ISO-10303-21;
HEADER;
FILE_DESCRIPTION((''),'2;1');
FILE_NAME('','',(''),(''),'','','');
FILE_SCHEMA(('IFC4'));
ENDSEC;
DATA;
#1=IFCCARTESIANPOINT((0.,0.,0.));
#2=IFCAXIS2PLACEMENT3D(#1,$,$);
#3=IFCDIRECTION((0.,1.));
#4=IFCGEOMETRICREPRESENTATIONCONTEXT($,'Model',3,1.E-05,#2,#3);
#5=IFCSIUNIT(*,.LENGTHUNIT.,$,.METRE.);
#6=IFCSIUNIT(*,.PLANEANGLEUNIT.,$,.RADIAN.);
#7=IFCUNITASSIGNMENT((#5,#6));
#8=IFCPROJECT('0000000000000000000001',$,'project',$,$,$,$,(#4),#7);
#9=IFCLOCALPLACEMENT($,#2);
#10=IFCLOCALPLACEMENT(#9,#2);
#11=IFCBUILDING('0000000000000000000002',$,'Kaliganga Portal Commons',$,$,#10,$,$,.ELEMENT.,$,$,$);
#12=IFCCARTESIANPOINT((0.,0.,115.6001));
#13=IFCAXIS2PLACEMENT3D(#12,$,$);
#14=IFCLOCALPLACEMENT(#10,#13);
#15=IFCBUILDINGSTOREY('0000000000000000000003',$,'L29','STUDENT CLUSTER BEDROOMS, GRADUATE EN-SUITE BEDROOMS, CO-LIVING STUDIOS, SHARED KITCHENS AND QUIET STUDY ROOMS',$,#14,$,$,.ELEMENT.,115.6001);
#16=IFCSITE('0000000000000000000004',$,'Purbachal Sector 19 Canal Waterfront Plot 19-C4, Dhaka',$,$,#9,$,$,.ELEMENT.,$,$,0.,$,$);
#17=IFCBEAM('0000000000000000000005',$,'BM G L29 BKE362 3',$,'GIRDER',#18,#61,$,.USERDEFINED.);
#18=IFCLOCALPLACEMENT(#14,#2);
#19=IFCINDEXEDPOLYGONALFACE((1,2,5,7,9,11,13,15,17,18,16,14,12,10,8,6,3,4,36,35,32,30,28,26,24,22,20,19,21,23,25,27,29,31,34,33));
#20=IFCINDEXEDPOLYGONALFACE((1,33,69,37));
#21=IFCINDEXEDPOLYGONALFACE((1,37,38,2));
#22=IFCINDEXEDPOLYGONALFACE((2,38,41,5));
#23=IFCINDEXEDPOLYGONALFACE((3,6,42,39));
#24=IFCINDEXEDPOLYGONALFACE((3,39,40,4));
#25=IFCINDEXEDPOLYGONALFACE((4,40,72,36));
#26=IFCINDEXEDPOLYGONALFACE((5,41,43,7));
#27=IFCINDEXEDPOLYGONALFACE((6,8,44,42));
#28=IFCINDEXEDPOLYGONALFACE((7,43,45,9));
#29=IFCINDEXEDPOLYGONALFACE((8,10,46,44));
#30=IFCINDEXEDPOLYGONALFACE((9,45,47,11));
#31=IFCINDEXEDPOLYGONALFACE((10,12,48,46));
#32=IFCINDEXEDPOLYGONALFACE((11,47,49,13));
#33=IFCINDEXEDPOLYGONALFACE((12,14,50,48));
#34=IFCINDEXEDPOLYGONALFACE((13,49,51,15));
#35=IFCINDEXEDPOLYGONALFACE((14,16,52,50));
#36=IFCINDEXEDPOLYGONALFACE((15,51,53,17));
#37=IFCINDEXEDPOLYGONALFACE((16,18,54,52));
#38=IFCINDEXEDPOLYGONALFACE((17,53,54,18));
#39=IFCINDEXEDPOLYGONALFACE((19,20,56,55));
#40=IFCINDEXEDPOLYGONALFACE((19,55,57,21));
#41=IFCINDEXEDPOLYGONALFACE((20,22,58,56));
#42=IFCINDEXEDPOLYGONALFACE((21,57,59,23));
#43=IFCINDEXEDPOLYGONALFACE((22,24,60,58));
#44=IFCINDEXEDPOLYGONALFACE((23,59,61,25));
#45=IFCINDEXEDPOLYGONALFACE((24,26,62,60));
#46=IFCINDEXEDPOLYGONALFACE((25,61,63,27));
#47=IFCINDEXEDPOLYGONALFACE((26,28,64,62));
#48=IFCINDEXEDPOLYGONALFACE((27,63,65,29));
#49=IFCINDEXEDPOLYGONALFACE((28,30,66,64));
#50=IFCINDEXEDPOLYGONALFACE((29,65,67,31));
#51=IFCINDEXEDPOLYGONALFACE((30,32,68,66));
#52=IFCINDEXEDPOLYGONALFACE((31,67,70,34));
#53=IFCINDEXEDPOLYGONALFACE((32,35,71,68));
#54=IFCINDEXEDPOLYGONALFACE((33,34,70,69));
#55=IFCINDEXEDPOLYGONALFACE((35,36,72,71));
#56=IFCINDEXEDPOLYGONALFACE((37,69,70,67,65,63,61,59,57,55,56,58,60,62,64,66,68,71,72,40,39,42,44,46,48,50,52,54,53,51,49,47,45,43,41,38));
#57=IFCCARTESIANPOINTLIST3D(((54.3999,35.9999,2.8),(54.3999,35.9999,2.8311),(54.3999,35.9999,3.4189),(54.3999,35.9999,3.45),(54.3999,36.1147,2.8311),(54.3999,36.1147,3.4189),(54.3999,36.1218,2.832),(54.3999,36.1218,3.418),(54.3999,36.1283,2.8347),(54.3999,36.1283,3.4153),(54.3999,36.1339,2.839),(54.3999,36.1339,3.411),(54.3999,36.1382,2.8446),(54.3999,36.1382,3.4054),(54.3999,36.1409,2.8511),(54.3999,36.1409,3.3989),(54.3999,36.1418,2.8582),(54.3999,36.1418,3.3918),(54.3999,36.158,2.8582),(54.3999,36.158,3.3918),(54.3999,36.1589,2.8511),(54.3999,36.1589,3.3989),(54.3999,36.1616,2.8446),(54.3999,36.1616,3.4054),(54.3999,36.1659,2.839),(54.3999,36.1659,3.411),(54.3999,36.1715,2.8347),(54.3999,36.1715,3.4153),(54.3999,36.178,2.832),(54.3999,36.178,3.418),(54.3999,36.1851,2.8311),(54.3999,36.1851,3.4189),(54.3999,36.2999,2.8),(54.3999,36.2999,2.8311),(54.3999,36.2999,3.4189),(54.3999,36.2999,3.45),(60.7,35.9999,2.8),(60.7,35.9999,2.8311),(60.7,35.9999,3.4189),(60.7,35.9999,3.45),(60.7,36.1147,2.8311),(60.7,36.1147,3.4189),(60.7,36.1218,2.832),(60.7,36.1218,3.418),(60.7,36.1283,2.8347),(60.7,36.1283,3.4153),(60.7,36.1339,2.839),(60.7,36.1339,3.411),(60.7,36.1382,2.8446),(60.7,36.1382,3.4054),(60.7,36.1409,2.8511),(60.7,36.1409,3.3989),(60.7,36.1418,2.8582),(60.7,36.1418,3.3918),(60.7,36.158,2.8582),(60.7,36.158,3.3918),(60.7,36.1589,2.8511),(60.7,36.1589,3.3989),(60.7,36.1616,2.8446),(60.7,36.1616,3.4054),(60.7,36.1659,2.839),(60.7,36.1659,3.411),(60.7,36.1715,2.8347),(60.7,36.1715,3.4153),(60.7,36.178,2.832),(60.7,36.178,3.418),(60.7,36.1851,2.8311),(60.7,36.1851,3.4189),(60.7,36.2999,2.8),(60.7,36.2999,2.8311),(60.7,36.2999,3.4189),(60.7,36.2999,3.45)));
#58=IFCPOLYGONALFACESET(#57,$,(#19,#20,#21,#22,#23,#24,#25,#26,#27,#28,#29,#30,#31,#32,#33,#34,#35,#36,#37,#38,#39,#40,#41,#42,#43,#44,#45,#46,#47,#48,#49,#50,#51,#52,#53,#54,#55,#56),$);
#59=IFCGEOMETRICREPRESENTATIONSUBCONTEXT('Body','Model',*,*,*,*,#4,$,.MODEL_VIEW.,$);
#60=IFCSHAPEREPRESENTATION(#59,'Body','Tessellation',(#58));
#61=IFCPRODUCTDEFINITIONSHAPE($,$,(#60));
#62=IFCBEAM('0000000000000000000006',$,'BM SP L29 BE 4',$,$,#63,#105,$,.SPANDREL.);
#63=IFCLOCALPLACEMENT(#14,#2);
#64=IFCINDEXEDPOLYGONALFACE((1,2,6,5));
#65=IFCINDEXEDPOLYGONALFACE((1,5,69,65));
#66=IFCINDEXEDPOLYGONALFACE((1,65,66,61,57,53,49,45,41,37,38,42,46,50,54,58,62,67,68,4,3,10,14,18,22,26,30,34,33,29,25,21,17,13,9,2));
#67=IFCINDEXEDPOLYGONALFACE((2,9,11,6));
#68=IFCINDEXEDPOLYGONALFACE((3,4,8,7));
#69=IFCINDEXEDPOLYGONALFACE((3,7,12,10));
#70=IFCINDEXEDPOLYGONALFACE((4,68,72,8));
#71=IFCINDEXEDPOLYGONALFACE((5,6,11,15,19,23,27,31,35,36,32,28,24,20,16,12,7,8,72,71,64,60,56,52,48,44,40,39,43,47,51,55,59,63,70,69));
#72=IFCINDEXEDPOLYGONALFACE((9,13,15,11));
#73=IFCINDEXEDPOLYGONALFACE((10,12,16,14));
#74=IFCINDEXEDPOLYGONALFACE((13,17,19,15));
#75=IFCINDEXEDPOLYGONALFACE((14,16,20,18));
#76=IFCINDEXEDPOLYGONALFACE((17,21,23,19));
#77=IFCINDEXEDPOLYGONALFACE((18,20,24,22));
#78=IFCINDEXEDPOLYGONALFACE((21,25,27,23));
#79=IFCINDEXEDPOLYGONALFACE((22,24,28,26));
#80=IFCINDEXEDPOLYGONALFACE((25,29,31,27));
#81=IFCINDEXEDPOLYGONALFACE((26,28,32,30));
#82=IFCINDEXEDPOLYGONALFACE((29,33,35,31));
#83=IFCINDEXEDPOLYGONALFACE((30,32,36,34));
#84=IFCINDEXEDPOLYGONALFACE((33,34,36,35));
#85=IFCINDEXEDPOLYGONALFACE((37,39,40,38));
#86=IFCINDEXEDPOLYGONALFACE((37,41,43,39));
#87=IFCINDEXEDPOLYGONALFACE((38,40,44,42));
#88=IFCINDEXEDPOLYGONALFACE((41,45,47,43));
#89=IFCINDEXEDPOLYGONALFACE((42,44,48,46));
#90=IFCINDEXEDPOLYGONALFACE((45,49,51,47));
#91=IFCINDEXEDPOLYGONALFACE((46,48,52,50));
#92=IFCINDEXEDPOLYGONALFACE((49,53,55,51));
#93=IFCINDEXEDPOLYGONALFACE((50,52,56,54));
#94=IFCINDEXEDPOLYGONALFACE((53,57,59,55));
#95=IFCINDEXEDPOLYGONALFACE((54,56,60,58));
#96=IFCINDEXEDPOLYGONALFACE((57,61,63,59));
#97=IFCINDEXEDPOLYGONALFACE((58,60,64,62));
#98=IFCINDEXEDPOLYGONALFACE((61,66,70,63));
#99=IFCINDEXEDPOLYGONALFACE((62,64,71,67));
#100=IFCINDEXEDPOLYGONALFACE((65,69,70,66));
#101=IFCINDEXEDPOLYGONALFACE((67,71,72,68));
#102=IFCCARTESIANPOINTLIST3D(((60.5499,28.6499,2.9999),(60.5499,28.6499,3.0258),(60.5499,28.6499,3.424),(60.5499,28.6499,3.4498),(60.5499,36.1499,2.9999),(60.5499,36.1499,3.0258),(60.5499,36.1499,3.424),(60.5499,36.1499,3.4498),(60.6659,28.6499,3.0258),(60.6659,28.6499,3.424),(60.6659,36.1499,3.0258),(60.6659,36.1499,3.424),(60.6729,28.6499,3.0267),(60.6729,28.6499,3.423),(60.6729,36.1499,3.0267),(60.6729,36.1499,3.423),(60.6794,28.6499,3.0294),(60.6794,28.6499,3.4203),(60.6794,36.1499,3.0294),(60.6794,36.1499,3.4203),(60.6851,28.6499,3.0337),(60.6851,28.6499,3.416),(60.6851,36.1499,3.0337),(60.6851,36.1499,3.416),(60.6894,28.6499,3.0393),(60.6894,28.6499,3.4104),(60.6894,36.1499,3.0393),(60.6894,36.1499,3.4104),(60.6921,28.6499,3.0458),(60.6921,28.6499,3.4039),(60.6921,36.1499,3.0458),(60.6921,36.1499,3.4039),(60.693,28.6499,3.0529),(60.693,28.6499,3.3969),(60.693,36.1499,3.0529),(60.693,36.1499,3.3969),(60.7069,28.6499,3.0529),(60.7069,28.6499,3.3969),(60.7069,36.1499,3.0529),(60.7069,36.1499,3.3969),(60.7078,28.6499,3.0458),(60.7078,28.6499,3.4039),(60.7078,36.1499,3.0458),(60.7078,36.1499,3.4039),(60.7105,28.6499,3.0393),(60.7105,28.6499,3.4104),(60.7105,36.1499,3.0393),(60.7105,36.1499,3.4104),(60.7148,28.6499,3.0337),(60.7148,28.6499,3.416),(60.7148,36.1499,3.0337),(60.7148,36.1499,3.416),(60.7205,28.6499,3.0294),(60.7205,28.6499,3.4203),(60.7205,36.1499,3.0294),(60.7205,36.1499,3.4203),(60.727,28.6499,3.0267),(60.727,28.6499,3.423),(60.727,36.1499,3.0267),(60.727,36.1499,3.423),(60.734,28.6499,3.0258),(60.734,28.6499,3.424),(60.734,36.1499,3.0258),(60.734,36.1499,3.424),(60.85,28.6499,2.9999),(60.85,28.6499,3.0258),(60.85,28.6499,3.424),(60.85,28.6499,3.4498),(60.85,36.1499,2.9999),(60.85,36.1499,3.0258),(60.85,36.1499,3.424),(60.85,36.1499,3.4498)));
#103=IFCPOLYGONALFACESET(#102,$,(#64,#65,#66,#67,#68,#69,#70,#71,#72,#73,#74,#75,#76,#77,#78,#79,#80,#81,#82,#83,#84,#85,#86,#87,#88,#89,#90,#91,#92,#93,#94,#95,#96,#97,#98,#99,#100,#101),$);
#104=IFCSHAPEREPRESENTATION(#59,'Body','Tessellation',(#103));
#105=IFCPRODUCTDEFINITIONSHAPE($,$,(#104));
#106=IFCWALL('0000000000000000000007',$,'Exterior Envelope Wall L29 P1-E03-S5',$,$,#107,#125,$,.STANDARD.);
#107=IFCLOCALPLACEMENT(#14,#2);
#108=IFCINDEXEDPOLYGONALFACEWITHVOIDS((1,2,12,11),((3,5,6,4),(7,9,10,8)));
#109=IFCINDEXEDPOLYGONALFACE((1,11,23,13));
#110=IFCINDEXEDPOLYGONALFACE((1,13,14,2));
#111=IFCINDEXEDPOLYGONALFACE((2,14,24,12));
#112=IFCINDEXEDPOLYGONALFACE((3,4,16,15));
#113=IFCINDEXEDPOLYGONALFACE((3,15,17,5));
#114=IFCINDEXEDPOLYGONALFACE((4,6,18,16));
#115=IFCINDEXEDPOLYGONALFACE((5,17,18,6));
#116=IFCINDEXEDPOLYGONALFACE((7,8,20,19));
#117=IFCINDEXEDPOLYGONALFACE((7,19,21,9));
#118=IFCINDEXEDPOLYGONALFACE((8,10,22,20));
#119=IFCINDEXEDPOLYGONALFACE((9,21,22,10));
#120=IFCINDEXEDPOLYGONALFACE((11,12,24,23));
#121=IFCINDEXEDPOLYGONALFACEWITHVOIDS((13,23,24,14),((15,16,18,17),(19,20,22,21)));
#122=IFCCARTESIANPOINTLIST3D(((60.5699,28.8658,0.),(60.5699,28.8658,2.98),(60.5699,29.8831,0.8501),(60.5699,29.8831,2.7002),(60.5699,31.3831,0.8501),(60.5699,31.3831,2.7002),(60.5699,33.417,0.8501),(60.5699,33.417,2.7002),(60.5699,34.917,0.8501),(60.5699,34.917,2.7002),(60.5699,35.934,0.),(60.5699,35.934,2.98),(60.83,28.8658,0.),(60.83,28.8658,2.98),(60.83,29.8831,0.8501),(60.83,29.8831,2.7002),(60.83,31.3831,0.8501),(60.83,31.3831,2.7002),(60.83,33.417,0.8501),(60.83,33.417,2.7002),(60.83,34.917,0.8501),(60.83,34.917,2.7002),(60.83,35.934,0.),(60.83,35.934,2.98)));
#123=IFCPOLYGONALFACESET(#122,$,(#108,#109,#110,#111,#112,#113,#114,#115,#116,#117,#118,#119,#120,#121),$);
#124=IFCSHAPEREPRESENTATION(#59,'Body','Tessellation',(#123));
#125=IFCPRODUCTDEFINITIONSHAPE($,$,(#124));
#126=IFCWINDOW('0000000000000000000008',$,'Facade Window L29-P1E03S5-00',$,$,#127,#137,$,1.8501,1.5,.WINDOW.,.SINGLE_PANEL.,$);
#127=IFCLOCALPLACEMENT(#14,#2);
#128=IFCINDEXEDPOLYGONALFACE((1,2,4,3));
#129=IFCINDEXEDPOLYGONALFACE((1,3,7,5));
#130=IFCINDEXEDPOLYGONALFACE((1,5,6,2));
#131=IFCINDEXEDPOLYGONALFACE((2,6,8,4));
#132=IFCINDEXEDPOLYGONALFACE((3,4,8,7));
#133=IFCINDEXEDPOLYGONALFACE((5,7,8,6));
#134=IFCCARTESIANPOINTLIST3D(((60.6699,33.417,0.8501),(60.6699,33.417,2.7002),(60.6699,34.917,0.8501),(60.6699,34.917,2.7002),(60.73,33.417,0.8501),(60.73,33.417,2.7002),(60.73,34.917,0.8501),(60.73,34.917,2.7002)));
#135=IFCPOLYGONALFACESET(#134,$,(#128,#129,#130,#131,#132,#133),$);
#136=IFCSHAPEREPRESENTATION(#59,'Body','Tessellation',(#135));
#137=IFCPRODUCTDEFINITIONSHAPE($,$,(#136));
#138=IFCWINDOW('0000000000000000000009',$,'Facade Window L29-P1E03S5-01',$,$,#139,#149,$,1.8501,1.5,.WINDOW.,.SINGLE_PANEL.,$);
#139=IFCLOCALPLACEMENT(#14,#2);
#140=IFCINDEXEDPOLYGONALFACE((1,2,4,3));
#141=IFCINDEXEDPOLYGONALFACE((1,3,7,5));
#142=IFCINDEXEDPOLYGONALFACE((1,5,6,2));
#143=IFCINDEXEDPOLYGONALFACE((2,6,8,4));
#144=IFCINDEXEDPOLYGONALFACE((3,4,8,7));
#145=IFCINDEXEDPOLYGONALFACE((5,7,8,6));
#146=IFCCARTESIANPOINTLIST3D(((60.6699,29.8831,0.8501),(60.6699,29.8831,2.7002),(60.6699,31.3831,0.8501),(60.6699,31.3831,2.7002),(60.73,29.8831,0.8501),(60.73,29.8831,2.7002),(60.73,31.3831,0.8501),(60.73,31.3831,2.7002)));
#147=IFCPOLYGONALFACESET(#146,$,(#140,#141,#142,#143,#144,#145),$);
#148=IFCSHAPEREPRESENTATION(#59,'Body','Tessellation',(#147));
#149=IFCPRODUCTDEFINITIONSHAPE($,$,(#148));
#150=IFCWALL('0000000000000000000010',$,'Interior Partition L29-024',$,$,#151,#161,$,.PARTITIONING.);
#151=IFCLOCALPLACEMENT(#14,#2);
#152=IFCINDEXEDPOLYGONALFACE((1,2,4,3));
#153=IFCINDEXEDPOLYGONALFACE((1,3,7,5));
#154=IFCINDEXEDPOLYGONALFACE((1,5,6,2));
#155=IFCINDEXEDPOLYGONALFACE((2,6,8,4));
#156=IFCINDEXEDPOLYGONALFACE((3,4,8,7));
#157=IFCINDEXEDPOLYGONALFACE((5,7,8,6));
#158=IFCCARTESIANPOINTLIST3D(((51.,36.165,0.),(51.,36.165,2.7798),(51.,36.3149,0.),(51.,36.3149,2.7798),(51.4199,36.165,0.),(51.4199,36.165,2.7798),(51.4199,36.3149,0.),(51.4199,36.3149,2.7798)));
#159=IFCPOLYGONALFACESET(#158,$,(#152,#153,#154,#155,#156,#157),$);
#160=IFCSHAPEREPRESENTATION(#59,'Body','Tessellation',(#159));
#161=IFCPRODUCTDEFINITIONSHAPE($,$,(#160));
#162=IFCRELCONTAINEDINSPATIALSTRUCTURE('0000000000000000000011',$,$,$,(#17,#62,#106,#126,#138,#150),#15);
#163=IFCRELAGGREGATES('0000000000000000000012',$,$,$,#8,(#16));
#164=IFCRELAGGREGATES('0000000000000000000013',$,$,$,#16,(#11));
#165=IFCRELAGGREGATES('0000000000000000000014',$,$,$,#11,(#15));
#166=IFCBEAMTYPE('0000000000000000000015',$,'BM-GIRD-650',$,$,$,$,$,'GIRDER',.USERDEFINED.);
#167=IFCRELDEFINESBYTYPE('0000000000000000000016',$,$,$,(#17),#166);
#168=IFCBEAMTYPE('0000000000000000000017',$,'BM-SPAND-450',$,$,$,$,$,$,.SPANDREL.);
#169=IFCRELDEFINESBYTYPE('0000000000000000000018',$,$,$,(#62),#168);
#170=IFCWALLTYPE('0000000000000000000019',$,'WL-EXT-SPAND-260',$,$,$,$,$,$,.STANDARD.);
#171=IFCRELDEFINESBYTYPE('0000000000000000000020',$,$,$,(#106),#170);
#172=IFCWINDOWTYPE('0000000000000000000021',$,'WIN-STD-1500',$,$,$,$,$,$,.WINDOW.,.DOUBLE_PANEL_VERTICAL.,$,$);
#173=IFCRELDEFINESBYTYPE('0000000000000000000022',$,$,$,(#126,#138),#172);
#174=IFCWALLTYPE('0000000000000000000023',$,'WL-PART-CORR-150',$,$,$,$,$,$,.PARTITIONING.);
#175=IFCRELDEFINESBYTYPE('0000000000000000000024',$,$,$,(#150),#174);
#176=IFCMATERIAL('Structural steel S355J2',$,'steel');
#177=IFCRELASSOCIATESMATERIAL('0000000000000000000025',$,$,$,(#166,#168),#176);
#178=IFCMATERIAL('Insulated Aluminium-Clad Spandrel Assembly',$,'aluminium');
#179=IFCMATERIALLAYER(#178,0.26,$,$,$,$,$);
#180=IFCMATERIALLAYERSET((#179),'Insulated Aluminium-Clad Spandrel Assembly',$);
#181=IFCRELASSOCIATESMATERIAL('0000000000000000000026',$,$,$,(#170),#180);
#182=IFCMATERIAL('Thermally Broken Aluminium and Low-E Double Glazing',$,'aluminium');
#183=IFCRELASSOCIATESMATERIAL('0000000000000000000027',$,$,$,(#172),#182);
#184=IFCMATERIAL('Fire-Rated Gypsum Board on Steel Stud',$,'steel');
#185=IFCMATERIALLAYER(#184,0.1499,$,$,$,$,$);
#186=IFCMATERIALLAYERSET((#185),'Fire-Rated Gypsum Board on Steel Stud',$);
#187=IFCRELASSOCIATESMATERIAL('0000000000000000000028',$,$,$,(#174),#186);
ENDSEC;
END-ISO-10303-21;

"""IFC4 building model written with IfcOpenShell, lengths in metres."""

from ifc_helpers import new_model, si_unit, direction, frame, frame_2d, origin, origin_2d, place, context, subcontext, project, spatial, rectangle, i_section, extrude, source, transform, mapped, material, layer, layer_set, material_profile, profile_set, type_object, element, fill, save


model = new_model("IFC4")

# Units and contexts
model_context = context("Model", 3, precision=1e-05, world=origin(), true_north=direction((0.0, 1.0)))
body_context = subcontext(model_context, "Body", "Model", "MODEL_VIEW")
ifc_project = project(units=[si_unit("LENGTHUNIT", "METRE"), si_unit("PLANEANGLEUNIT", "RADIAN")], contexts=[model_context])

# Site, building, storey
site_placement = place(None, origin())
site = spatial("IfcSite", under=ifc_project, at=site_placement, Name="Purbachal Sector 19 Canal Waterfront Plot 19-C4, Dhaka", CompositionType="ELEMENT", RefElevation=0.0)
building_placement = place(site_placement, origin())
building = spatial("IfcBuilding", under=site, at=building_placement, Name="Kaliganga Portal Commons", CompositionType="ELEMENT")
storey_placement = place(building_placement, frame((0.0, 0.0, 115.6001)))
storey = spatial("IfcBuildingStorey", under=building, at=storey_placement, Name="L29", Description="STUDENT CLUSTER BEDROOMS, GRADUATE EN-SUITE BEDROOMS, CO-LIVING STUDIOS, SHARED KITCHENS AND QUIET STUDY ROOMS", CompositionType="ELEMENT", Elevation=115.6001)

# Beams
ifc_material_1 = material(Name="Structural steel S355J2", Category="steel")
ifc_material_profile_1 = material_profile(ifc_material_1, i_section(OverallWidth=0.3, OverallDepth=0.6499, WebThickness=0.0161, FlangeThickness=0.031, FilletRadius=0.0271, at=origin_2d()), Name="HE 650 B")
ifc_profile_set_1 = profile_set([ifc_material_profile_1], Name="Structural steel S355J2 wide-flange")
beam_type_1 = type_object("IfcBeamType", Name="BM-GIRD-650", ElementType="GIRDER", PredefinedType="USERDEFINED", material=ifc_profile_set_1)
shared_shape_1 = source(origin(), body_context, "Body", "SweptSolid", [
    extrude(i_section(OverallWidth=0.3, OverallDepth=0.6499, WebThickness=0.0161, FlangeThickness=0.031, FilletRadius=0.0271, at=origin_2d()), origin(), (0.0, 0.0, 1.0), 6.3),
])
beam_1_placement = place(storey_placement, frame((54.3999, 36.1499, 3.125), z_axis=(1.0, 0.0, 0.0), x_axis=(0.0, 1.0, 0.0)))
element("IfcBeam", 1, at=beam_1_placement, inside=storey, type_object=beam_type_1, Name="BM G L29 BKE362 3", ObjectType="GIRDER", PredefinedType="USERDEFINED", context=body_context, shape_type="MappedRepresentation", body=[
    mapped(shared_shape_1, transform((0.0, 0.0, 0.0), x_axis=(1.0, 0.0, 0.0), y_axis=(0.0, 1.0, 0.0), z_axis=(0.0, 0.0, 1.0), scale=1.0)),
])
ifc_material_profile_2 = material_profile(ifc_material_1, i_section(OverallWidth=0.3, OverallDepth=0.45, WebThickness=0.0139, FlangeThickness=0.0259, FilletRadius=0.0271, at=origin_2d()), Name="HE 450 B")
ifc_profile_set_2 = profile_set([ifc_material_profile_2], Name="Structural steel S355J2 wide-flange")
beam_type_2 = type_object("IfcBeamType", Name="BM-SPAND-450", PredefinedType="SPANDREL", material=ifc_profile_set_2)
shared_shape_2 = source(origin(), body_context, "Body", "SweptSolid", [
    extrude(i_section(OverallWidth=0.3, OverallDepth=0.45, WebThickness=0.0139, FlangeThickness=0.0259, FilletRadius=0.0271, at=origin_2d()), origin(), (0.0, 0.0, 1.0), 7.5),
])
beam_2_placement = place(storey_placement, frame((60.7, 28.6499, 3.2249), z_axis=(0.0, 1.0, 0.0), x_axis=(-1.0, 0.0, 0.0)))
element("IfcBeam", 2, at=beam_2_placement, inside=storey, type_object=beam_type_2, Name="BM SP L29 BE 4", PredefinedType="SPANDREL", context=body_context, shape_type="MappedRepresentation", body=[
    mapped(shared_shape_2, transform((0.0, 0.0, 0.0), x_axis=(1.0, 0.0, 0.0), y_axis=(0.0, 1.0, 0.0), z_axis=(0.0, 0.0, 1.0), scale=1.0)),
])

# Wall, openings, windows
ifc_material_2 = material(Name="Insulated Aluminium-Clad Spandrel Assembly", Category="aluminium")
ifc_layer_1 = layer(ifc_material_2, 0.26)
ifc_layer_set_1 = layer_set([ifc_layer_1], Name="Insulated Aluminium-Clad Spandrel Assembly")
wall_type_1 = type_object("IfcWallType", Name="WL-EXT-SPAND-260", PredefinedType="STANDARD", material=ifc_layer_set_1)
wall_1_placement = place(storey_placement, frame((60.7, 35.9341, 0.0), z_axis=(0.0, 0.0, 1.0), x_axis=(0.0, -1.0, 0.0)))
wall_1 = element("IfcWall", 3, at=wall_1_placement, inside=storey, type_object=wall_type_1, Name="Exterior Envelope Wall L29 P1-E03-S5", PredefinedType="STANDARD", context=body_context, shape_type="SweptSolid", body=[
    extrude(rectangle(XDim=7.0681, YDim=0.26, at=frame_2d((3.5342, 0.0))), origin(), (0.0, 0.0, 1.0), 2.98),
])
opening_1_placement = place(wall_1_placement, frame((1.0171, 0.0, 0.8501)))
opening_1 = element("IfcOpeningElement", 4, at=opening_1_placement, cuts=wall_1, PredefinedType="OPENING", context=body_context, shape_type="SweptSolid", body=[
    extrude(rectangle(XDim=1.5, YDim=1.8501, at=frame_2d((0.75, 0.925))), frame((0.0, 0.1401, 0.0), z_axis=(0.0, -1.0, 0.0), x_axis=(1.0, 0.0, 0.0)), (0.0, 0.0, 1.0), 0.28),
])
opening_2_placement = place(wall_1_placement, frame((4.551, 0.0, 0.8501)))
opening_2 = element("IfcOpeningElement", 5, at=opening_2_placement, cuts=wall_1, PredefinedType="OPENING", context=body_context, shape_type="SweptSolid", body=[
    extrude(rectangle(XDim=1.5, YDim=1.8501, at=frame_2d((0.75, 0.925))), frame((0.0, 0.1401, 0.0), z_axis=(0.0, -1.0, 0.0), x_axis=(1.0, 0.0, 0.0)), (0.0, 0.0, 1.0), 0.28),
])
ifc_material_3 = material(Name="Thermally Broken Aluminium and Low-E Double Glazing", Category="aluminium")
window_type = type_object("IfcWindowType", Name="WIN-STD-1500", PartitioningType="DOUBLE_PANEL_VERTICAL", PredefinedType="WINDOW", material=ifc_material_3)
window_1_placement = place(opening_1_placement, origin())
window_1 = element("IfcWindow", 6, at=window_1_placement, inside=storey, type_object=window_type, Name="Facade Window L29-P1E03S5-00", OverallHeight=1.8501, OverallWidth=1.5, PartitioningType="SINGLE_PANEL", PredefinedType="WINDOW", context=body_context, shape_type="SweptSolid", body=[
    extrude(rectangle(XDim=1.5, YDim=1.8501, at=frame_2d((0.75, 0.925))), frame((0.0, 0.03, 0.0), z_axis=(0.0, -1.0, 0.0), x_axis=(1.0, 0.0, 0.0)), (0.0, 0.0, 1.0), 0.0601),
])
fill(opening_1, window_1)
window_2_placement = place(opening_2_placement, origin())
window_2 = element("IfcWindow", 7, at=window_2_placement, inside=storey, type_object=window_type, Name="Facade Window L29-P1E03S5-01", OverallHeight=1.8501, OverallWidth=1.5, PartitioningType="SINGLE_PANEL", PredefinedType="WINDOW", context=body_context, shape_type="SweptSolid", body=[
    extrude(rectangle(XDim=1.5, YDim=1.8501, at=frame_2d((0.75, 0.925))), frame((0.0, 0.03, 0.0), z_axis=(0.0, -1.0, 0.0), x_axis=(1.0, 0.0, 0.0)), (0.0, 0.0, 1.0), 0.0601),
])
fill(opening_2, window_2)

# Shared definitions
ifc_material_4 = material(Name="Fire-Rated Gypsum Board on Steel Stud", Category="steel")
ifc_layer_2 = layer(ifc_material_4, 0.1499)
ifc_layer_set_2 = layer_set([ifc_layer_2], Name="Fire-Rated Gypsum Board on Steel Stud")
wall_type_2 = type_object("IfcWallType", Name="WL-PART-CORR-150", PredefinedType="PARTITIONING", material=ifc_layer_set_2)

# Wall
wall_2_placement = place(storey_placement, frame((51.0, 36.24, 0.0), z_axis=(0.0, 0.0, 1.0), x_axis=(1.0, 0.0, 0.0)))
element("IfcWall", 8, at=wall_2_placement, inside=storey, type_object=wall_type_2, Name="Interior Partition L29-024", PredefinedType="PARTITIONING", context=body_context, shape_type="SweptSolid", body=[
    extrude(rectangle(XDim=0.4199, YDim=0.1499, at=frame_2d((0.21, 0.0))), origin(), (0.0, 0.0, 1.0), 2.7798),
])

save(model, "model.ifc")
